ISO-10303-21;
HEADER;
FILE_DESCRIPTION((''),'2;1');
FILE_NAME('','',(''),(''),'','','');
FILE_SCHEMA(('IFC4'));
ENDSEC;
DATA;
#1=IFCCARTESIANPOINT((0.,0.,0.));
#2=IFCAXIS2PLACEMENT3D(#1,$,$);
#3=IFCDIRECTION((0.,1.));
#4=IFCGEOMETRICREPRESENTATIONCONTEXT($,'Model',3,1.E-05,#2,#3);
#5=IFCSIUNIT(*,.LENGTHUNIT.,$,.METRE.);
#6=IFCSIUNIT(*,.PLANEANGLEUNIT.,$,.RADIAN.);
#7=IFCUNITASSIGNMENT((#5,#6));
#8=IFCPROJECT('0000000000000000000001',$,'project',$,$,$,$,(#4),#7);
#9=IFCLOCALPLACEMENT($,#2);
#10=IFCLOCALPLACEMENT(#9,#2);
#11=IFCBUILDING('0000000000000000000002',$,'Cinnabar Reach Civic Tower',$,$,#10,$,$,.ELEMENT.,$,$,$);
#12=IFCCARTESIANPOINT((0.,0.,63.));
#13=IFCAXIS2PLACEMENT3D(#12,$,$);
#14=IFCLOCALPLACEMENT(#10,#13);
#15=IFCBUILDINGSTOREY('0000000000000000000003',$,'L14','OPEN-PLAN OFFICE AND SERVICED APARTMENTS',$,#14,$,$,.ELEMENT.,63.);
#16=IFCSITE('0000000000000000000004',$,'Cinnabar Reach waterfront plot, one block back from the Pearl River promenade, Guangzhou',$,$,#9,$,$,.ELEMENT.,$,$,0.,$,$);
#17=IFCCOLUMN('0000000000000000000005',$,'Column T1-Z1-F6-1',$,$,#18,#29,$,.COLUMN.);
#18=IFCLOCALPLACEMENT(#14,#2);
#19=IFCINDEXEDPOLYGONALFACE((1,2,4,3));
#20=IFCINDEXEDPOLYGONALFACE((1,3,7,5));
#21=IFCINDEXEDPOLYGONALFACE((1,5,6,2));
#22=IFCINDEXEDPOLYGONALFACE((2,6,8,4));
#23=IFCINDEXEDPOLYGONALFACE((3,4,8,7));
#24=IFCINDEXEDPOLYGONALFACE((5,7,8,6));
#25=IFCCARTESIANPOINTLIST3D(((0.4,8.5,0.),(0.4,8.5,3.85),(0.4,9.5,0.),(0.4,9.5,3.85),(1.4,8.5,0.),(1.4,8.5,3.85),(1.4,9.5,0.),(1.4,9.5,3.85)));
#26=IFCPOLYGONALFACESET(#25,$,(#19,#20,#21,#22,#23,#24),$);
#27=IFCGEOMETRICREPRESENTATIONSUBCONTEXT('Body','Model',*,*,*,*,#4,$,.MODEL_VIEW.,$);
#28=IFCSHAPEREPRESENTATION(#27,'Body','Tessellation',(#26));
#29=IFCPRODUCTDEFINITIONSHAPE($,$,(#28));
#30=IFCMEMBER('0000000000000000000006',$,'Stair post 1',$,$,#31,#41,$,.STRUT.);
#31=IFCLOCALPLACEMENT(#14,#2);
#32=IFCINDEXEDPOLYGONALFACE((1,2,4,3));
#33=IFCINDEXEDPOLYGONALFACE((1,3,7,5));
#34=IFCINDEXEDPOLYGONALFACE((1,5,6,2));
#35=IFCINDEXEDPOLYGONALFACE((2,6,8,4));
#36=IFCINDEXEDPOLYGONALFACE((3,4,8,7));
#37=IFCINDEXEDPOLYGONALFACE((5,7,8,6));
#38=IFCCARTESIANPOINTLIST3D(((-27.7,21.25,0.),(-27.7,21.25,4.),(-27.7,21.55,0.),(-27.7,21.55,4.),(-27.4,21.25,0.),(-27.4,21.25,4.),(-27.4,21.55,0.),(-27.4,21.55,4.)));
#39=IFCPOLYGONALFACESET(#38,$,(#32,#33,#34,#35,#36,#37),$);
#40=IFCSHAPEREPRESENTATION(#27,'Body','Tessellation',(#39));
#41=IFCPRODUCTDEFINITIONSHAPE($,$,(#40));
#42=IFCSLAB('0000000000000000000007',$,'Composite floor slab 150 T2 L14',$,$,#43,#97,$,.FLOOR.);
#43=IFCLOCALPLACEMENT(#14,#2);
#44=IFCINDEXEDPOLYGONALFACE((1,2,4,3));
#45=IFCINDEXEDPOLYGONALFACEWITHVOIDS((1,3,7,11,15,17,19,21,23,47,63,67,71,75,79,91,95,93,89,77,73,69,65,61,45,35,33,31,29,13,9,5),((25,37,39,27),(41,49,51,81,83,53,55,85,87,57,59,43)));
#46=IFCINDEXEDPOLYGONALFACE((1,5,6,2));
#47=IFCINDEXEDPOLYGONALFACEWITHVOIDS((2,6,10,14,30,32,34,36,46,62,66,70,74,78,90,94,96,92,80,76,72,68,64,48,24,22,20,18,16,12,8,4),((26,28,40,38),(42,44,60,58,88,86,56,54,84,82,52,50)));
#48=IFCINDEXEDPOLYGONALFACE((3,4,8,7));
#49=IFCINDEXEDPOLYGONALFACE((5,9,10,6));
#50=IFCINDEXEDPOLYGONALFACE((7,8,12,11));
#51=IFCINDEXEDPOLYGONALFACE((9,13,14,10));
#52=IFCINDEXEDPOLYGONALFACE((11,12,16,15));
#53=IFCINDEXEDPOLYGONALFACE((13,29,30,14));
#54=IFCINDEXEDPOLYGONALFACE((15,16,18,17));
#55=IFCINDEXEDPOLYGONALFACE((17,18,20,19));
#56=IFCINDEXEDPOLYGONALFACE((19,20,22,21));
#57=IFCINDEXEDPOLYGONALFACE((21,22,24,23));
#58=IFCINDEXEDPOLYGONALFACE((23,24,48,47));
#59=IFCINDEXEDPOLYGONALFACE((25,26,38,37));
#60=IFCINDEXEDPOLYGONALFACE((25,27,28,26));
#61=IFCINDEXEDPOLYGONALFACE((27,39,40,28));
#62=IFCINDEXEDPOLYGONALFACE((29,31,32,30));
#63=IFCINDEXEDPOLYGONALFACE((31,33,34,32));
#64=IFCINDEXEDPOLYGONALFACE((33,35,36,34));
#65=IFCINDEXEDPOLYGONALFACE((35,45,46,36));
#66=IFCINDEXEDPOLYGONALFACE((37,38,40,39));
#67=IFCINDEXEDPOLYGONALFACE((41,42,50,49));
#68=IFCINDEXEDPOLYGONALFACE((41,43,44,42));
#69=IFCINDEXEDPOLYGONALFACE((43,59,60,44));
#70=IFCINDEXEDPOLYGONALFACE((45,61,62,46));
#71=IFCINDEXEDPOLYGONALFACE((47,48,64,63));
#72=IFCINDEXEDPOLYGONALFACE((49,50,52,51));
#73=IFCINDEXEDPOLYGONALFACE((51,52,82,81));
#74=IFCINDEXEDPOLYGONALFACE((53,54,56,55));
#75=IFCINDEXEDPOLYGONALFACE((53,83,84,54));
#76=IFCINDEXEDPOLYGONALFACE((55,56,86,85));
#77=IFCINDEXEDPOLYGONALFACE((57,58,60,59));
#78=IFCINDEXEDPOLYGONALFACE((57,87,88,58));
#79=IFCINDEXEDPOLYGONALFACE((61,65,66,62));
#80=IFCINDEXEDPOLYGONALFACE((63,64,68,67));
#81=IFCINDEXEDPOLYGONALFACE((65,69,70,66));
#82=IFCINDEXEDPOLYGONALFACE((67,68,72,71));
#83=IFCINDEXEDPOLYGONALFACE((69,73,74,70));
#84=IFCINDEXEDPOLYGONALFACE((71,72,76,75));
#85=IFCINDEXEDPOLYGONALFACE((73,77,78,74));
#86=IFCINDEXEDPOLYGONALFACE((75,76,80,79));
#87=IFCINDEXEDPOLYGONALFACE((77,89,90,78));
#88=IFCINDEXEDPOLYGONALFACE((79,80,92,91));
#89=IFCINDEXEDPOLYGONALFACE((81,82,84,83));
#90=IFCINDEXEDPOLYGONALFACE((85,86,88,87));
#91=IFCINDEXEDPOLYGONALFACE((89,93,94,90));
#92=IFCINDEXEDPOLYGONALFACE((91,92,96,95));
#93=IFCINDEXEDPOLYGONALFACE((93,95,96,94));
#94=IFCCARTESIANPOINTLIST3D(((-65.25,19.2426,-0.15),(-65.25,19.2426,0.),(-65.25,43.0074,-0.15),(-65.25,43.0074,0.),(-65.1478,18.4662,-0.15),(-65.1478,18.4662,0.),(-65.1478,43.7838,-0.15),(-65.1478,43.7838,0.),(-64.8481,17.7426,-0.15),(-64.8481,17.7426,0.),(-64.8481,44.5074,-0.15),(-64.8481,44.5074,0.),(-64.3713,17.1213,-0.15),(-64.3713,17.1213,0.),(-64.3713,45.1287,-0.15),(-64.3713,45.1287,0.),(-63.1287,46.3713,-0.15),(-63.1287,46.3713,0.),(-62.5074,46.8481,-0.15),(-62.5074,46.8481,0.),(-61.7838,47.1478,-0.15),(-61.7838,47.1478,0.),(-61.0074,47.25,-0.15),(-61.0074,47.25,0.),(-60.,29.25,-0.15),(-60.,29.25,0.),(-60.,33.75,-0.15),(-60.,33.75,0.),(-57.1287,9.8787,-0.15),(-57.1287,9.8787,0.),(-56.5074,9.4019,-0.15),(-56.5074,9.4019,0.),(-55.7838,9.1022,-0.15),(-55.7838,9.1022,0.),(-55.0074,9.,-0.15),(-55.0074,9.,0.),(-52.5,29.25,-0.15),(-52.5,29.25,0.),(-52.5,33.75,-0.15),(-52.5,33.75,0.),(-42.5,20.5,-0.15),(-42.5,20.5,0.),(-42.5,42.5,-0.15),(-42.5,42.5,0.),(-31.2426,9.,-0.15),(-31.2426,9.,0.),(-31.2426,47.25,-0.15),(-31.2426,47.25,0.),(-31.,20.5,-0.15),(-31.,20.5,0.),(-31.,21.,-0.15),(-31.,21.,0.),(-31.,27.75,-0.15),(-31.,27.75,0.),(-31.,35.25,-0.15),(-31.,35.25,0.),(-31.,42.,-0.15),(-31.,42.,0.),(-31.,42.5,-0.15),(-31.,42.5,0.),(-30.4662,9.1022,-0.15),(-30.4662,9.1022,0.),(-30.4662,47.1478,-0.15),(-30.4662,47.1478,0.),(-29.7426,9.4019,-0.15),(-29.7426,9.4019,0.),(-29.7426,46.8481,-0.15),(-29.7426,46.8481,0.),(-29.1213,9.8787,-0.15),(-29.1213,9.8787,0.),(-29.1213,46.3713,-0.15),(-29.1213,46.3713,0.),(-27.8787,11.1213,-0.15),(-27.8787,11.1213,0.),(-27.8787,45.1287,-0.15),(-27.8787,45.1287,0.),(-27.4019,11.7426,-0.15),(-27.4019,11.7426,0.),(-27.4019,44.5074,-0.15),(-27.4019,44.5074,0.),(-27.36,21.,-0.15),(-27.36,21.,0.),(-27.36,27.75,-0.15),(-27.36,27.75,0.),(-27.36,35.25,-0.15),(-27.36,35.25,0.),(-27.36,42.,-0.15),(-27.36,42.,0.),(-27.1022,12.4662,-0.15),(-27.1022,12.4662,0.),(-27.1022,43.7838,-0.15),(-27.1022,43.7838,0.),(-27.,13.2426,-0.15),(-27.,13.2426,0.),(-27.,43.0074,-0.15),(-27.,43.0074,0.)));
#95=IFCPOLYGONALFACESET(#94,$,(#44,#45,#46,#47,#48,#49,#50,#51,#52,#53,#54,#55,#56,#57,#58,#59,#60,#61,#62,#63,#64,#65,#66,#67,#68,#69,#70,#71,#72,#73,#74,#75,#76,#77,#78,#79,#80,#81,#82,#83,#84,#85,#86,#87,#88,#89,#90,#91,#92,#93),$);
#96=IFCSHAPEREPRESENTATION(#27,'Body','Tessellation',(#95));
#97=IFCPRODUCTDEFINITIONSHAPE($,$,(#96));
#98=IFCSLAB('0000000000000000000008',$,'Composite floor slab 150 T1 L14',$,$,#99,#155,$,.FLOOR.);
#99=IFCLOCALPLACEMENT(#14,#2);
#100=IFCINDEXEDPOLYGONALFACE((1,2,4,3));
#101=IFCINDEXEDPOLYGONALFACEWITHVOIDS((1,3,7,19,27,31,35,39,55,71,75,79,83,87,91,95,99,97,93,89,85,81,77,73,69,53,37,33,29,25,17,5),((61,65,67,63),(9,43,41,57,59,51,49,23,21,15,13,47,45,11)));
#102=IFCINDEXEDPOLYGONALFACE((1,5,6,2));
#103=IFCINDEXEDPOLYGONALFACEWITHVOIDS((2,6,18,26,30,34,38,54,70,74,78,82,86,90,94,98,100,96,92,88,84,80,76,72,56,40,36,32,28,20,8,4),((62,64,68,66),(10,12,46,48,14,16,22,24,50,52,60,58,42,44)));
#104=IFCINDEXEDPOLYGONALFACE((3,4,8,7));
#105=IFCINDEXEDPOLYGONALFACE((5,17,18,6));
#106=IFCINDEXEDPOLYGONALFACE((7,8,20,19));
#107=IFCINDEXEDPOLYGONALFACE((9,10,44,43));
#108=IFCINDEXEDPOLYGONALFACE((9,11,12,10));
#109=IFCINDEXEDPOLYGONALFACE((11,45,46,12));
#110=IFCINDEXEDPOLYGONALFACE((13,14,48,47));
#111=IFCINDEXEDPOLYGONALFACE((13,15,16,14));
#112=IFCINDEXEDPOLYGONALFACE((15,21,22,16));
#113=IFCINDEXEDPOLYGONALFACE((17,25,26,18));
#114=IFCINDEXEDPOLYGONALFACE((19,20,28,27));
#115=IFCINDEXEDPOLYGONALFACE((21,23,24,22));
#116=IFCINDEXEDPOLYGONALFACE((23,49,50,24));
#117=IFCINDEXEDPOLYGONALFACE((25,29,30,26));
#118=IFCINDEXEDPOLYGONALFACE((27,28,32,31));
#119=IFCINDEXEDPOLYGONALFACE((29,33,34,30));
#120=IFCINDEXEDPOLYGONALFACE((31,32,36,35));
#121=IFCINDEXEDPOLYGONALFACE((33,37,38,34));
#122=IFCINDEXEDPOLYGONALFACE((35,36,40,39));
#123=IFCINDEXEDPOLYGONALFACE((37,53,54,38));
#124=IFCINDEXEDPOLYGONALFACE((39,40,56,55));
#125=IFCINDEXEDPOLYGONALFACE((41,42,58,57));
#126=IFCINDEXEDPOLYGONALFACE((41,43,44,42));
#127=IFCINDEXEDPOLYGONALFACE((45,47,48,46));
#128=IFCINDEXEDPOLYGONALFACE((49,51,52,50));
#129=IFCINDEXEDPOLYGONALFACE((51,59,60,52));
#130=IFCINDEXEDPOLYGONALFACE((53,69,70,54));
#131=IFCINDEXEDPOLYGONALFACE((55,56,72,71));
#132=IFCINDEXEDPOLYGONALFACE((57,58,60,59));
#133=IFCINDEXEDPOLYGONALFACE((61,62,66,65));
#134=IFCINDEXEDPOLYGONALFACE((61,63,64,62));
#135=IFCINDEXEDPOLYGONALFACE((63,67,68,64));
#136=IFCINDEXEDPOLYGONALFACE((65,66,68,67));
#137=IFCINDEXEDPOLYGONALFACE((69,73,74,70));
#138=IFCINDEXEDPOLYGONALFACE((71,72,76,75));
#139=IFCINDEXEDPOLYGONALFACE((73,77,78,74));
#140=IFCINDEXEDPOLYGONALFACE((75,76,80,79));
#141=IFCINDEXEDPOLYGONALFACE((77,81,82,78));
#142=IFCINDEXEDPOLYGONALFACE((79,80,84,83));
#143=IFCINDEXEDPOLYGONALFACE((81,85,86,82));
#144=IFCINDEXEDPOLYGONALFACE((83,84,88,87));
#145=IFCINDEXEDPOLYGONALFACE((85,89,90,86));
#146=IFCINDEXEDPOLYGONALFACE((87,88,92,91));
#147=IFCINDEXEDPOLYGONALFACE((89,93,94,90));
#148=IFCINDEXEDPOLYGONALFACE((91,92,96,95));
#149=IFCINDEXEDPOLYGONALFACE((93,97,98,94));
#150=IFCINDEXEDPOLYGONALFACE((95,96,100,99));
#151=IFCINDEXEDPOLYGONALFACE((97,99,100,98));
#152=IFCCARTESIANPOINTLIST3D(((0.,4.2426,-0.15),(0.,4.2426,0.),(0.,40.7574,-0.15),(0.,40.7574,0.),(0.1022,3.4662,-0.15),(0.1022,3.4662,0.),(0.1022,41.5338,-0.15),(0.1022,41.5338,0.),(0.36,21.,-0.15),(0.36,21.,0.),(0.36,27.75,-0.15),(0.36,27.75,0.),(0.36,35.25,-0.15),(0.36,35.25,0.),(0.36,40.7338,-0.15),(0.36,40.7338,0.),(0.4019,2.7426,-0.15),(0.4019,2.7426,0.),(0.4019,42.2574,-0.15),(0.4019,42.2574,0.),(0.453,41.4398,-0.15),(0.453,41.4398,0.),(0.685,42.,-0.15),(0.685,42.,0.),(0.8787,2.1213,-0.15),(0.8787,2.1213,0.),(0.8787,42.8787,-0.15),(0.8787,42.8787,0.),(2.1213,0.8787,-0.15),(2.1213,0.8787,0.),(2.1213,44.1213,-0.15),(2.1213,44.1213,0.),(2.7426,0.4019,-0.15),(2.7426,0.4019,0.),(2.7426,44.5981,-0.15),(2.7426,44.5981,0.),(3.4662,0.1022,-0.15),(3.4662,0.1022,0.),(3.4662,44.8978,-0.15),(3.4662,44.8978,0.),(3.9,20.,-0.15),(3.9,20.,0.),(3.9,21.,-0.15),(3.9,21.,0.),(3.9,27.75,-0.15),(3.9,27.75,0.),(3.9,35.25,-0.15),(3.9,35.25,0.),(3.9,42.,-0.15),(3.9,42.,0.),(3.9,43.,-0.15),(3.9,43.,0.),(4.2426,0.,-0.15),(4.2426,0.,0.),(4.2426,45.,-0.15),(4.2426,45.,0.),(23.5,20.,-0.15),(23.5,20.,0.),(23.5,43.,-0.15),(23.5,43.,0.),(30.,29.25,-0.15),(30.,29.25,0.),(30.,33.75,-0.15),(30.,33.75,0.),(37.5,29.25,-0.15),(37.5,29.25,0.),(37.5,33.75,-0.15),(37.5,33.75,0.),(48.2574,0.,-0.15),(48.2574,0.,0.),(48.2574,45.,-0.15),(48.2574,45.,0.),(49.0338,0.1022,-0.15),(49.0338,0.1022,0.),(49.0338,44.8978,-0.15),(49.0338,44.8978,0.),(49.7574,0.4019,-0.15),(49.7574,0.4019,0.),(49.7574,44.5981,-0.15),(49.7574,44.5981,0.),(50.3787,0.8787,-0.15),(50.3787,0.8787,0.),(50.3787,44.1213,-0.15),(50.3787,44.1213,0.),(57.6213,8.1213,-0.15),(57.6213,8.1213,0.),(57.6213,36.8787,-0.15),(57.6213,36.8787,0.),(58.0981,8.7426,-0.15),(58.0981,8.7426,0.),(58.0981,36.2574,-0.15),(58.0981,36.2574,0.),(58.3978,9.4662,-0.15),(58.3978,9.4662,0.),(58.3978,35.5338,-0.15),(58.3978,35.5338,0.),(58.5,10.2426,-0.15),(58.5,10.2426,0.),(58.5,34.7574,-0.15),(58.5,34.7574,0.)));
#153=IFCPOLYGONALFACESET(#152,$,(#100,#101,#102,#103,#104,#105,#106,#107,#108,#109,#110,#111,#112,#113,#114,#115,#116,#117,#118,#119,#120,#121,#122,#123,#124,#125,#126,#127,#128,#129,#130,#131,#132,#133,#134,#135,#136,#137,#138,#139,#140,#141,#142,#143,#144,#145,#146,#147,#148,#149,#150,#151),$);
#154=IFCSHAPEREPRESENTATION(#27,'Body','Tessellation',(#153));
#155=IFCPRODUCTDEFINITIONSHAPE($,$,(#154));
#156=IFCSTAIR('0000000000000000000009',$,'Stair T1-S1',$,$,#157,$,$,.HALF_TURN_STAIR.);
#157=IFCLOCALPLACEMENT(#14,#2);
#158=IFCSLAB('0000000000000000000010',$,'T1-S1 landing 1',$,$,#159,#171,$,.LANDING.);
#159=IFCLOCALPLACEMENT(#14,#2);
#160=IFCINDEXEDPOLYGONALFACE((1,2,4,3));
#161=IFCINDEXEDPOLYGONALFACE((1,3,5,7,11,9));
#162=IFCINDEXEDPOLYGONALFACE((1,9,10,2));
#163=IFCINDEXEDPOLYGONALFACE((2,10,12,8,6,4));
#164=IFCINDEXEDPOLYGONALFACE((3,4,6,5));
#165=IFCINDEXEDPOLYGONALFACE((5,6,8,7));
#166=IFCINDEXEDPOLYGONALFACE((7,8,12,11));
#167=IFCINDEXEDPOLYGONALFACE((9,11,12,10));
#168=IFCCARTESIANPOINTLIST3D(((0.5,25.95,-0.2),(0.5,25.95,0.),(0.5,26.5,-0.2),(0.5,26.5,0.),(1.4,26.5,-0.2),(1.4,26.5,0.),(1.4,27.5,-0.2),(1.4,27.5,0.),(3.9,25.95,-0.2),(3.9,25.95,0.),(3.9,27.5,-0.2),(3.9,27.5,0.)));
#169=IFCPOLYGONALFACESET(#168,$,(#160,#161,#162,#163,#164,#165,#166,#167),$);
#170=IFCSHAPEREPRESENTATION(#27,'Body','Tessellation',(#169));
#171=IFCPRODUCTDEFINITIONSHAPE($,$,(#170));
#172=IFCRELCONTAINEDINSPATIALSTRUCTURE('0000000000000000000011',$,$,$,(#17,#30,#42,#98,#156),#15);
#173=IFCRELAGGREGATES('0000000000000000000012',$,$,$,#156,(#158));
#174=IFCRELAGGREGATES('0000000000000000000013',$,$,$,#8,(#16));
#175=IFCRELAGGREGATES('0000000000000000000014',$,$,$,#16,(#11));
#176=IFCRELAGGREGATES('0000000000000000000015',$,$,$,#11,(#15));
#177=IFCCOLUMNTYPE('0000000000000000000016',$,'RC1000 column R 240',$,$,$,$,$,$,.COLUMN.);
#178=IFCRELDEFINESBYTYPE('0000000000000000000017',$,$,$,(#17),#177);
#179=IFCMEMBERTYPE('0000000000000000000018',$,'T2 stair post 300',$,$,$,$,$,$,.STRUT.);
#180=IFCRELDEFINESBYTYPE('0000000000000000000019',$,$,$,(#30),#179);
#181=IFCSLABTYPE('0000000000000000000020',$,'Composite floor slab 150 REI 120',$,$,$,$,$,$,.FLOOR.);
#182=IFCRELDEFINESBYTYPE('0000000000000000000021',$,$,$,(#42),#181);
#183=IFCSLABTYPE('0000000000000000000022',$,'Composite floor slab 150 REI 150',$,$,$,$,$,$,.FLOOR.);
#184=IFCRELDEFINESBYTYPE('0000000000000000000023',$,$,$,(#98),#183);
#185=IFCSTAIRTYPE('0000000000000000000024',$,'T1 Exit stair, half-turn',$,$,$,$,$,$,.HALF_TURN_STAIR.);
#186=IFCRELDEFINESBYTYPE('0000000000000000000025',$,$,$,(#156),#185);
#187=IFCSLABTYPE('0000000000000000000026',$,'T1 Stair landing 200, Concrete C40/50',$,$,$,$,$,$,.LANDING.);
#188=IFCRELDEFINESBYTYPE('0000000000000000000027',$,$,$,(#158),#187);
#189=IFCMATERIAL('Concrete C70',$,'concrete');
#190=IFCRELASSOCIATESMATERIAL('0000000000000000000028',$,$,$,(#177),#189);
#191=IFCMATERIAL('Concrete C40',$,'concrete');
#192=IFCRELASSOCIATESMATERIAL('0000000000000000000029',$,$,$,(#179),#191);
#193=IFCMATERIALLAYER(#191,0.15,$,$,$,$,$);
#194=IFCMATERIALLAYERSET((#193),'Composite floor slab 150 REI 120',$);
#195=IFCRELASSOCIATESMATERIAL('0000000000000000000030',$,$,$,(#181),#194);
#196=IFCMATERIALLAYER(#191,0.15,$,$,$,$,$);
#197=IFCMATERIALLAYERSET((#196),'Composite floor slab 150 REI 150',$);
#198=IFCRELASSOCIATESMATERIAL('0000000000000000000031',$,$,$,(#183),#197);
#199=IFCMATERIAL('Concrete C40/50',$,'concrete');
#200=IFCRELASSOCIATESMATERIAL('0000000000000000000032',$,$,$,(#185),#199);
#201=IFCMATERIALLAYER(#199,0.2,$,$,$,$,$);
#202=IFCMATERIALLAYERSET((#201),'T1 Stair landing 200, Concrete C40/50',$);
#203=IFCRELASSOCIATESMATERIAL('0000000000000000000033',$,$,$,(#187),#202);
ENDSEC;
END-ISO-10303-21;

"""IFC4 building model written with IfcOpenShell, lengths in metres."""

from ifc_helpers import new_model, si_unit, direction, frame, origin, origin_2d, place, context, subcontext, project, spatial, polyline, rectangle, outline, extrude, material, layer, layer_set, material_profile, profile_set, type_object, element, aggregate, save


model = new_model("IFC4")

# Units and contexts
model_context = context("Model", 3, precision=1e-05, world=origin(), true_north=direction((0.0, 1.0)))
body_context = subcontext(model_context, "Body", "Model", "MODEL_VIEW")
ifc_project = project(units=[si_unit("LENGTHUNIT", "METRE"), si_unit("PLANEANGLEUNIT", "RADIAN")], contexts=[model_context])

# Site, building, storey
site_placement = place(None, origin())
site = spatial("IfcSite", under=ifc_project, at=site_placement, Name="Cinnabar Reach waterfront plot, one block back from the Pearl River promenade, Guangzhou", CompositionType="ELEMENT", RefElevation=0.0)
building_placement = place(site_placement, origin())
building = spatial("IfcBuilding", under=site, at=building_placement, Name="Cinnabar Reach Civic Tower", CompositionType="ELEMENT")
storey_placement = place(building_placement, frame((0.0, 0.0, 63.0)))
storey = spatial("IfcBuildingStorey", under=building, at=storey_placement, Name="L14", Description="OPEN-PLAN OFFICE AND SERVICED APARTMENTS", CompositionType="ELEMENT", Elevation=63.0)

# Column
ifc_material_1 = material(Name="Concrete C70", Category="concrete")
ifc_material_profile_1 = material_profile(ifc_material_1, rectangle(XDim=1.0, YDim=1.0, at=origin_2d()), Name="RC1000")
ifc_profile_set_1 = profile_set([ifc_material_profile_1], Name="Concrete C70")
column_type = type_object("IfcColumnType", Name="RC1000 column R 240", PredefinedType="COLUMN", material=ifc_profile_set_1)
column_placement = place(storey_placement, frame((0.9, 9.0, 0.0), z_axis=(0.0, 0.0, 1.0), x_axis=(1.0, 0.0, 0.0)))
element("IfcColumn", 1, at=column_placement, inside=storey, type_object=column_type, Name="Column T1-Z1-F6-1", PredefinedType="COLUMN", context=body_context, shape_type="SweptSolid", body=[
    extrude(rectangle(XDim=1.0, YDim=1.0, at=origin_2d()), origin(), (0.0, 0.0, 1.0), 3.85),
])

# Member
ifc_material_2 = material(Name="Concrete C40", Category="concrete")
ifc_material_profile_2 = material_profile(ifc_material_2, rectangle(XDim=0.3, YDim=0.3, at=origin_2d()), Name="C300")
ifc_profile_set_2 = profile_set([ifc_material_profile_2], Name="Concrete C40")
member_type = type_object("IfcMemberType", Name="T2 stair post 300", PredefinedType="STRUT", material=ifc_profile_set_2)
member_placement = place(storey_placement, frame((-27.55, 21.4, 0.0), z_axis=(0.0, 0.0, 1.0), x_axis=(1.0, 0.0, 0.0)))
element("IfcMember", 2, at=member_placement, inside=storey, type_object=member_type, Name="Stair post 1", PredefinedType="STRUT", context=body_context, shape_type="SweptSolid", body=[
    extrude(rectangle(XDim=0.3, YDim=0.3, at=origin_2d()), origin(), (0.0, 0.0, 1.0), 4.0),
])

# Slabs
ifc_layer_1 = layer(ifc_material_2, 0.15)
ifc_layer_set_1 = layer_set([ifc_layer_1], Name="Composite floor slab 150 REI 120")
slab_type_1 = type_object("IfcSlabType", Name="Composite floor slab 150 REI 120", PredefinedType="FLOOR", material=ifc_layer_set_1)
slab_1_placement = place(storey_placement, frame((0.0, 0.0, -0.15)))
element("IfcSlab", 3, at=slab_1_placement, inside=storey, type_object=slab_type_1, Name="Composite floor slab 150 T2 L14", PredefinedType="FLOOR", context=body_context, shape_type="SweptSolid", body=[
    extrude(outline(polyline([(-64.3713, 17.1213), (-64.8481, 17.7426), (-65.1478, 18.4662), (-65.25, 19.2426), (-65.25, 43.0074), (-65.1478, 43.7838), (-64.8481, 44.5074), (-64.3713, 45.1287), (-63.1287, 46.3713), (-62.5074, 46.8481), (-61.7838, 47.1478), (-61.0074, 47.25), (-31.2426, 47.25), (-30.4662, 47.1478), (-29.7426, 46.8481), (-29.1213, 46.3713), (-27.8787, 45.1287), (-27.4019, 44.5074), (-27.1022, 43.7838), (-27.0, 43.0074), (-27.0, 13.2426), (-27.1022, 12.4662), (-27.4019, 11.7426), (-27.8787, 11.1213), (-29.1213, 9.8787), (-29.7426, 9.4019), (-30.4662, 9.1022), (-31.2426, 9.0), (-55.0074, 9.0), (-55.7838, 9.1022), (-56.5074, 9.4019), (-57.1287, 9.8787), (-64.3713, 17.1213)]), holes=[polyline([(-31.0, 27.75), (-31.0, 35.25), (-27.36, 35.25), (-27.36, 42.0), (-31.0, 42.0), (-31.0, 42.5), (-42.5, 42.5), (-42.5, 20.5), (-31.0, 20.5), (-31.0, 21.0), (-27.36, 21.0), (-27.36, 27.75), (-31.0, 27.75)]), polyline([(-60.0, 33.75), (-60.0, 29.25), (-52.5, 29.25), (-52.5, 33.75), (-60.0, 33.75)])]), origin(), (0.0, 0.0, 1.0), 0.15),
])
ifc_layer_2 = layer(ifc_material_2, 0.15)
ifc_layer_set_2 = layer_set([ifc_layer_2], Name="Composite floor slab 150 REI 150")
slab_type_2 = type_object("IfcSlabType", Name="Composite floor slab 150 REI 150", PredefinedType="FLOOR", material=ifc_layer_set_2)
slab_2_placement = place(storey_placement, frame((0.0, 0.0, -0.15)))
element("IfcSlab", 4, at=slab_2_placement, inside=storey, type_object=slab_type_2, Name="Composite floor slab 150 T1 L14", PredefinedType="FLOOR", context=body_context, shape_type="SweptSolid", body=[
    extrude(outline(polyline([(0.8787, 2.1213), (0.4019, 2.7426), (0.1022, 3.4662), (0.0, 4.2426), (0.0, 40.7574), (0.1022, 41.5338), (0.4019, 42.2574), (0.8787, 42.8787), (2.1213, 44.1213), (2.7426, 44.5981), (3.4662, 44.8978), (4.2426, 45.0), (48.2574, 45.0), (49.0338, 44.8978), (49.7574, 44.5981), (50.3787, 44.1213), (57.6213, 36.8787), (58.0981, 36.2574), (58.3978, 35.5338), (58.5, 34.7574), (58.5, 10.2426), (58.3978, 9.4662), (58.0981, 8.7426), (57.6213, 8.1213), (50.3787, 0.8787), (49.7574, 0.4019), (49.0338, 0.1022), (48.2574, 0.0), (4.2426, 0.0), (3.4662, 0.1022), (2.7426, 0.4019), (2.1213, 0.8787), (0.8787, 2.1213)]), holes=[polyline([(0.36, 21.0), (3.9, 21.0), (3.9, 20.0), (23.5, 20.0), (23.5, 43.0), (3.9, 43.0), (3.9, 42.0), (0.685, 42.0), (0.453, 41.4398), (0.36, 40.7338), (0.36, 35.25), (3.9, 35.25), (3.9, 27.75), (0.36, 27.75), (0.36, 21.0)]), polyline([(30.0, 33.75), (30.0, 29.25), (37.5, 29.25), (37.5, 33.75), (30.0, 33.75)])]), origin(), (0.0, 0.0, 1.0), 0.15),
])

# Stair, slab
ifc_material_3 = material(Name="Concrete C40/50", Category="concrete")
stair_type_1 = type_object("IfcStairType", Name="T1 Exit stair, half-turn", PredefinedType="HALF_TURN_STAIR", material=ifc_material_3)
stair_1_placement = place(storey_placement, origin())
stair_1 = element("IfcStair", 5, at=stair_1_placement, inside=storey, type_object=stair_type_1, Name="Stair T1-S1", PredefinedType="HALF_TURN_STAIR")
ifc_layer_3 = layer(ifc_material_3, 0.2)
ifc_layer_set_3 = layer_set([ifc_layer_3], Name="T1 Stair landing 200, Concrete C40/50")
slab_type_3 = type_object("IfcSlabType", Name="T1 Stair landing 200, Concrete C40/50", PredefinedType="LANDING", material=ifc_layer_set_3)
slab_3_placement = place(storey_placement, frame((0.0, 0.0, -0.2)))
slab_3 = element("IfcSlab", 6, at=slab_3_placement, type_object=slab_type_3, Name="T1-S1 landing 1", PredefinedType="LANDING", context=body_context, shape_type="SweptSolid", body=[
    extrude(outline(polyline([(3.9, 27.5), (3.9, 25.95), (0.5, 25.95), (0.5, 26.5), (1.4, 26.5), (1.4, 27.5), (3.9, 27.5)])), origin(), (0.0, 0.0, 1.0), 0.2),
])
aggregate(stair_1, [slab_3])

save(model, "model.ifc")
